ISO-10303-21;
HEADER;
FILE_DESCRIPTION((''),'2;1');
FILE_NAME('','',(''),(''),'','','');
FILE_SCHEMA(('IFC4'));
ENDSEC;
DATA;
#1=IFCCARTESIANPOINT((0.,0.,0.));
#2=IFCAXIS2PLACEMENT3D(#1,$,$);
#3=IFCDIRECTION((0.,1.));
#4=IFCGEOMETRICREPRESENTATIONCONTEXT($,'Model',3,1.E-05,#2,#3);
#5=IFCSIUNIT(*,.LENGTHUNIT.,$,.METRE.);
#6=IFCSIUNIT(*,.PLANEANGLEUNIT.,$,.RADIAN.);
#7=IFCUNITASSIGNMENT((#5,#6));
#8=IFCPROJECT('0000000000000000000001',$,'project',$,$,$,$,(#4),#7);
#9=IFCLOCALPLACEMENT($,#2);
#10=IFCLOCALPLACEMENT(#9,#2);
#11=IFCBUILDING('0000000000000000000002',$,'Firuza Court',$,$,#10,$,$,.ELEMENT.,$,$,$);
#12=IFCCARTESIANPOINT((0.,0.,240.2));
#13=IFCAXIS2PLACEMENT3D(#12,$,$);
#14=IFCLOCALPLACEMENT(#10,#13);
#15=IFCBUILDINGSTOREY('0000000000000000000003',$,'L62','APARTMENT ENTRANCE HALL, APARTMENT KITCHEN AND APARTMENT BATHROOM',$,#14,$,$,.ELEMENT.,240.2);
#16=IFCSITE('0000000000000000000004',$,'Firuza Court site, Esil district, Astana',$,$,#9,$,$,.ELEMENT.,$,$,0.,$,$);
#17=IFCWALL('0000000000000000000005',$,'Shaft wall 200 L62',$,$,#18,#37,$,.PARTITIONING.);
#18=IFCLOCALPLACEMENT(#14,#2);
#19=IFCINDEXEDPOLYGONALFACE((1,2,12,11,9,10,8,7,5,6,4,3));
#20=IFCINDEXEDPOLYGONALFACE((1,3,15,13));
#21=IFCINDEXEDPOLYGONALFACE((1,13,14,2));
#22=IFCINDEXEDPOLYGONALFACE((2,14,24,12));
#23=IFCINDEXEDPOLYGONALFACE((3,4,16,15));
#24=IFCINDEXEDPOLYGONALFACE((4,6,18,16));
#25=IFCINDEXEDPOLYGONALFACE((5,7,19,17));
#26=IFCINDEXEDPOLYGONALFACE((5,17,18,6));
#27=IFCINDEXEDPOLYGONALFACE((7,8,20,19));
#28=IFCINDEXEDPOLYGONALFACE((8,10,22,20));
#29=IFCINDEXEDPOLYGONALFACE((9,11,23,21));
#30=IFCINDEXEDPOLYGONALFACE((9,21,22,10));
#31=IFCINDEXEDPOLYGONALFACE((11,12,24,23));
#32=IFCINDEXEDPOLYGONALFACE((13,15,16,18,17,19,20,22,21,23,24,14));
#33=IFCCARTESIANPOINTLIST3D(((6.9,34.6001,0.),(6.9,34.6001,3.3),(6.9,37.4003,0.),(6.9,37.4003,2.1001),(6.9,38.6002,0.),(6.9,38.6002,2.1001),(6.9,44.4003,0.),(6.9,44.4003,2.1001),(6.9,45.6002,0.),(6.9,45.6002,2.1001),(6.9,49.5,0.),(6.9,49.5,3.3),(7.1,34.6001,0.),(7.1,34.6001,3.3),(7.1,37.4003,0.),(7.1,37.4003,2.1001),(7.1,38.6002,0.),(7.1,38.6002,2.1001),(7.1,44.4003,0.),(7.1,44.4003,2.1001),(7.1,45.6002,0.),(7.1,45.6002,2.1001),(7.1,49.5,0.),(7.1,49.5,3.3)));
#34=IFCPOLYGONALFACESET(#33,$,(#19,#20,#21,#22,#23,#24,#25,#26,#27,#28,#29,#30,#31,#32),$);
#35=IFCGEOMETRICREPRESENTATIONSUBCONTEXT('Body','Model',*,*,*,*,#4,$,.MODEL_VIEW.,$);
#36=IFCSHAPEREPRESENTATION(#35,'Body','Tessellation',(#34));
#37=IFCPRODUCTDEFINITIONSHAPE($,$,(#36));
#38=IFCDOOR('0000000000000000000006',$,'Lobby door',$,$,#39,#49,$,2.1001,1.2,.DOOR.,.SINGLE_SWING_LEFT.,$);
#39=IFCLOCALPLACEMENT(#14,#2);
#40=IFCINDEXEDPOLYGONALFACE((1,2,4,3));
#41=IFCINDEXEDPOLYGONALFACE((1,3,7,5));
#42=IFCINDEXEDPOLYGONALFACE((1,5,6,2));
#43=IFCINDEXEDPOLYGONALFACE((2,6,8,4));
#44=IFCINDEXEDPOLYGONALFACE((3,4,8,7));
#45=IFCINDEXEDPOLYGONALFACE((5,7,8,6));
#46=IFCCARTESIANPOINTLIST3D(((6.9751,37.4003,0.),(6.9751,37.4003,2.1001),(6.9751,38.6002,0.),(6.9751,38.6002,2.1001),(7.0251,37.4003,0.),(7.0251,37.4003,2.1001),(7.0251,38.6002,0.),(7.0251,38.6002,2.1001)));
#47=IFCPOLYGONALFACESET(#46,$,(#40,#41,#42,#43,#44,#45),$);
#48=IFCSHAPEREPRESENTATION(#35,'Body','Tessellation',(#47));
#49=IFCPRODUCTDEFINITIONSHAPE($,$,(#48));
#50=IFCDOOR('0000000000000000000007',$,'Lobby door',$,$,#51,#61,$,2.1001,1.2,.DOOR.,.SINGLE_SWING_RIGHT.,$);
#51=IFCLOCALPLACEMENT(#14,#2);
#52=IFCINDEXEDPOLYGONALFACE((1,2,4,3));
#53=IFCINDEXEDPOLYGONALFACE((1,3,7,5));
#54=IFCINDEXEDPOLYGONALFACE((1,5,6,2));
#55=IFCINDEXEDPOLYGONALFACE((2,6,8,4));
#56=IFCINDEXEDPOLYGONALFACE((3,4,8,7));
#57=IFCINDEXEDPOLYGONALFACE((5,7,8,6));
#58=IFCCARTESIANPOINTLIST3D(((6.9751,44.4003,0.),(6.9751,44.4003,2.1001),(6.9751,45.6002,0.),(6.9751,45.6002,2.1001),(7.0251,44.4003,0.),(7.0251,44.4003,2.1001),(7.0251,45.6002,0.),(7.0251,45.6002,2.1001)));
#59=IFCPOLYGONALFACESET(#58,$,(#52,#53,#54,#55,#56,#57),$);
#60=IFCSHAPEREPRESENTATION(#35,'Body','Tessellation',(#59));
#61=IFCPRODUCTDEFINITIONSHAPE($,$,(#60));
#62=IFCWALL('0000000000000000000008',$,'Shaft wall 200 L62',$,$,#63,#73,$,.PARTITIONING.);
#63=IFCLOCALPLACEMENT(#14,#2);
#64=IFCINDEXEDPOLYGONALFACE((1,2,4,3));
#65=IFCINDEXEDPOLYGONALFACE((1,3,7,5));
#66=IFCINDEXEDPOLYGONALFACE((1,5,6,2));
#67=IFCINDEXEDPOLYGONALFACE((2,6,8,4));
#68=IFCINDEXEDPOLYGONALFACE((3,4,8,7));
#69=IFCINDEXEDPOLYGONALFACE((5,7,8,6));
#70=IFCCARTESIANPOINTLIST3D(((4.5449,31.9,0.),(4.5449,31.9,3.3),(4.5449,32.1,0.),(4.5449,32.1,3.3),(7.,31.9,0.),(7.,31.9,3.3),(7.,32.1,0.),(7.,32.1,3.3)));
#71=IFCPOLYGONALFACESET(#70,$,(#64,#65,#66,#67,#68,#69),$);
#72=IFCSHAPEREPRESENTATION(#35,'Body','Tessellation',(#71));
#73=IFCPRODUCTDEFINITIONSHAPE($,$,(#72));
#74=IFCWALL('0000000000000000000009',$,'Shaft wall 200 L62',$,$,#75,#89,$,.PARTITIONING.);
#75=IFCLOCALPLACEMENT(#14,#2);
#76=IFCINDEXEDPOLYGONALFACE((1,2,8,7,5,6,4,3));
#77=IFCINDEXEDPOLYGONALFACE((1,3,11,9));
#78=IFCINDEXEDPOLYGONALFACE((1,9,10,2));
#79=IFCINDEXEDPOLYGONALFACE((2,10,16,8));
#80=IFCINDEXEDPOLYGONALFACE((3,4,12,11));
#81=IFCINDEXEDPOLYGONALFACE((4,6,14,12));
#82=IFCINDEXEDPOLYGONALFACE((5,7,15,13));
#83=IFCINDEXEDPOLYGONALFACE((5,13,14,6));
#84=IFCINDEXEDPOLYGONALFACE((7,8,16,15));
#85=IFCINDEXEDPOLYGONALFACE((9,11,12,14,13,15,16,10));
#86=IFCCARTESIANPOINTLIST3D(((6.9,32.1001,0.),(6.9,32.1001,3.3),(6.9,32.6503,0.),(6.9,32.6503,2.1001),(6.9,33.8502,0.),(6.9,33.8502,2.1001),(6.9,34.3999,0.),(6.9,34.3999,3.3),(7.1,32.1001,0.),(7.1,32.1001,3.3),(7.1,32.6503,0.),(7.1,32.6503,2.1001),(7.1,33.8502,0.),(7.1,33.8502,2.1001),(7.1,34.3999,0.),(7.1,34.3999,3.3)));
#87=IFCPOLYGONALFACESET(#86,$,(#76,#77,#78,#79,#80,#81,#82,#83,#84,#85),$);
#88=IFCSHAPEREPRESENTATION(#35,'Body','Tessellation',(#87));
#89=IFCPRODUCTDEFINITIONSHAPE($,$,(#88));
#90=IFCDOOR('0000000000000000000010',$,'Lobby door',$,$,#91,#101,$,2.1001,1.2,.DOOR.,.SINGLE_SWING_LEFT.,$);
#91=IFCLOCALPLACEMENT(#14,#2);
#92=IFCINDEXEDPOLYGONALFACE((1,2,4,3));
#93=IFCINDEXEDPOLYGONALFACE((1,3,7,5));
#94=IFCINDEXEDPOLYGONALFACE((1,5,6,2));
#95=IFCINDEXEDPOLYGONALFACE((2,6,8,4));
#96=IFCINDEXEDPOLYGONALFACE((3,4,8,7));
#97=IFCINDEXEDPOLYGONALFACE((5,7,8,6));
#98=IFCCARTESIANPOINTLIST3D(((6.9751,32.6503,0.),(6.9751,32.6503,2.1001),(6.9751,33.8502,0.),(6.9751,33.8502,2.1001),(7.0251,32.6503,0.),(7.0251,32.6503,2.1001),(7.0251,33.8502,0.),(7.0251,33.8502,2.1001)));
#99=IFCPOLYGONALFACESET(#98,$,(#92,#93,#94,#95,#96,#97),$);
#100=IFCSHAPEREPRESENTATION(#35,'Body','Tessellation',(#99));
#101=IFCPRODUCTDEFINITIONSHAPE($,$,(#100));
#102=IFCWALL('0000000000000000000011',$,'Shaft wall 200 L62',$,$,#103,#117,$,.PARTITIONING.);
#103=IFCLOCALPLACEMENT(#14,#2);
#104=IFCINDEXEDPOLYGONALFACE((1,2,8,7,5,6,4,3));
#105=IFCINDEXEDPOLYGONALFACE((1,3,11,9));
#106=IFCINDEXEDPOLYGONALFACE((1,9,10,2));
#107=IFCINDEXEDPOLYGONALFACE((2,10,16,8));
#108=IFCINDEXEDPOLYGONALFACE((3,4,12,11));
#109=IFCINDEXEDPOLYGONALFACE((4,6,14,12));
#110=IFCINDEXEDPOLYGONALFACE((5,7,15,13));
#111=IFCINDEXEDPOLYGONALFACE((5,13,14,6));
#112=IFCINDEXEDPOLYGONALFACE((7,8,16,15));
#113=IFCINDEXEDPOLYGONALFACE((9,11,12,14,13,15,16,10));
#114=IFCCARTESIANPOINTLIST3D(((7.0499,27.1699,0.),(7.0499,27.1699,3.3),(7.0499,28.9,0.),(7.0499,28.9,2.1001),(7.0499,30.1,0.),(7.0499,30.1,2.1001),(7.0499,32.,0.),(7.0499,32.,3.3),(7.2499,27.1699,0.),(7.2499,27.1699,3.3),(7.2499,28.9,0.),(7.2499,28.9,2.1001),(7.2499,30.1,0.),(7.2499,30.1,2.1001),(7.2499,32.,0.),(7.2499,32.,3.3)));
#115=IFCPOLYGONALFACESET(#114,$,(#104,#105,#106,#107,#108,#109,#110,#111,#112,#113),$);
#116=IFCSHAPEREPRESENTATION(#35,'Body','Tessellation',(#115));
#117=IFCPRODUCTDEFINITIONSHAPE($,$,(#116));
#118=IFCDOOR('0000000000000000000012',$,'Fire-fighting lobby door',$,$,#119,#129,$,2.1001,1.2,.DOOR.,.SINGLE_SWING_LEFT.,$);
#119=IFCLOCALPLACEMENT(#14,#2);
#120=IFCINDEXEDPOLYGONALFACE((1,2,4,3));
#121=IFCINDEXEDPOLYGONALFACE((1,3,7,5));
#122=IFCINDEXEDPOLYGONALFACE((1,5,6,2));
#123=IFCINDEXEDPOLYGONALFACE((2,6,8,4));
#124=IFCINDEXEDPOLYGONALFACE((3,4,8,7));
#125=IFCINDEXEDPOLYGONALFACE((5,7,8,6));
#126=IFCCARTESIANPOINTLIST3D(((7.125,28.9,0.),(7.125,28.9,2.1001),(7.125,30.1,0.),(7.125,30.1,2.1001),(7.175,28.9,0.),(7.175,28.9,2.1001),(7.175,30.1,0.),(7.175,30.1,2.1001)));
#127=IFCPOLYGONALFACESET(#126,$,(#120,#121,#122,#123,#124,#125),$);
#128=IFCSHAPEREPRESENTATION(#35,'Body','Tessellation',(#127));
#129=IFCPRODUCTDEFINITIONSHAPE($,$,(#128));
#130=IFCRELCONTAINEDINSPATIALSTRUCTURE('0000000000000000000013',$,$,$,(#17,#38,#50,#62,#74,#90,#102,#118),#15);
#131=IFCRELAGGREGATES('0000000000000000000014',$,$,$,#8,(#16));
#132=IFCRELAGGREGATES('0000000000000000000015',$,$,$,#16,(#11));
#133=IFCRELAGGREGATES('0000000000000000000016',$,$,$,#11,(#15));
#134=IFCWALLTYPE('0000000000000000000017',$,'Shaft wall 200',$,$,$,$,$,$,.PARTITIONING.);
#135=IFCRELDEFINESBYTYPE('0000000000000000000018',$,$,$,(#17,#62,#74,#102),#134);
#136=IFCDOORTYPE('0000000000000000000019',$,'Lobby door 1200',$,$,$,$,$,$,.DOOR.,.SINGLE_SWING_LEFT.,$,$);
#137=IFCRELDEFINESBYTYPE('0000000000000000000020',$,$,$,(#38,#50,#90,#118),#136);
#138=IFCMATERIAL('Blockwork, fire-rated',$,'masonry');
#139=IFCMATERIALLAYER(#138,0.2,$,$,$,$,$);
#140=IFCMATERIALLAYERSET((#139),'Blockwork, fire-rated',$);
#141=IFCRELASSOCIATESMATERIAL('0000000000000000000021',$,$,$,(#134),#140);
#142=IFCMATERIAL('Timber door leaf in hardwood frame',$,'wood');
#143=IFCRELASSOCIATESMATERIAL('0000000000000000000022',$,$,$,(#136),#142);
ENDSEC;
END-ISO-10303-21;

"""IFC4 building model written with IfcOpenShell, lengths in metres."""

from ifc_helpers import new_model, si_unit, direction, frame, frame_2d, origin, place, context, subcontext, project, spatial, rectangle, extrude, material, layer, layer_set, type_object, element, fill, save


model = new_model("IFC4")

# Units and contexts
model_context = context("Model", 3, precision=1e-05, world=origin(), true_north=direction((0.0, 1.0)))
body_context = subcontext(model_context, "Body", "Model", "MODEL_VIEW")
ifc_project = project(units=[si_unit("LENGTHUNIT", "METRE"), si_unit("PLANEANGLEUNIT", "RADIAN")], contexts=[model_context])

# Site, building, storey
site_placement = place(None, origin())
site = spatial("IfcSite", under=ifc_project, at=site_placement, Name="Firuza Court site, Esil district, Astana", CompositionType="ELEMENT", RefElevation=0.0)
building_placement = place(site_placement, origin())
building = spatial("IfcBuilding", under=site, at=building_placement, Name="Firuza Court", CompositionType="ELEMENT")
storey_placement = place(building_placement, frame((0.0, 0.0, 240.2)))
storey = spatial("IfcBuildingStorey", under=building, at=storey_placement, Name="L62", Description="APARTMENT ENTRANCE HALL, APARTMENT KITCHEN AND APARTMENT BATHROOM", CompositionType="ELEMENT", Elevation=240.2)

# Shared definitions
ifc_material_1 = material(Name="Blockwork, fire-rated", Category="masonry")
ifc_layer_1 = layer(ifc_material_1, 0.2)
ifc_layer_set_1 = layer_set([ifc_layer_1], Name="Blockwork, fire-rated")
wall_type_1 = type_object("IfcWallType", Name="Shaft wall 200", PredefinedType="PARTITIONING", material=ifc_layer_set_1)

# Wall, openings, doors
wall_1_placement = place(storey_placement, frame((7.0, 34.6001, 0.0), z_axis=(0.0, 0.0, 1.0), x_axis=(0.0, 1.0, 0.0)))
wall_1 = element("IfcWall", 1, at=wall_1_placement, inside=storey, type_object=wall_type_1, Name="Shaft wall 200 L62", PredefinedType="PARTITIONING", context=body_context, shape_type="SweptSolid", body=[
    extrude(rectangle(XDim=14.8999, YDim=0.2, at=frame_2d((7.45, 0.0))), origin(), (0.0, 0.0, 1.0), 3.3),
])
opening_1_placement = place(wall_1_placement, frame((2.8, 0.0, 0.0)))
opening_1 = element("IfcOpeningElement", 2, at=opening_1_placement, cuts=wall_1, PredefinedType="OPENING", context=body_context, shape_type="SweptSolid", body=[
    extrude(rectangle(XDim=1.2, YDim=2.1001, at=frame_2d((0.6001, 1.05))), frame((0.0, 0.1118, 0.0), z_axis=(0.0, -1.0, 0.0), x_axis=(1.0, 0.0, 0.0)), (0.0, 0.0, 1.0), 0.2239),
])
opening_2_placement = place(wall_1_placement, frame((9.8, 0.0, 0.0)))
opening_2 = element("IfcOpeningElement", 3, at=opening_2_placement, cuts=wall_1, PredefinedType="OPENING", context=body_context, shape_type="SweptSolid", body=[
    extrude(rectangle(XDim=1.2, YDim=2.1001, at=frame_2d((0.6001, 1.05))), frame((0.0, 0.1118, 0.0), z_axis=(0.0, -1.0, 0.0), x_axis=(1.0, 0.0, 0.0)), (0.0, 0.0, 1.0), 0.2239),
])
ifc_material_2 = material(Name="Timber door leaf in hardwood frame", Category="wood")
door_type_1 = type_object("IfcDoorType", Name="Lobby door 1200", OperationType="SINGLE_SWING_LEFT", PredefinedType="DOOR", material=ifc_material_2)
door_1_placement = place(opening_1_placement, origin())
door_1 = element("IfcDoor", 4, at=door_1_placement, inside=storey, type_object=door_type_1, Name="Lobby door", OperationType="SINGLE_SWING_LEFT", OverallHeight=2.1001, OverallWidth=1.2, PredefinedType="DOOR", context=body_context, shape_type="SweptSolid", body=[
    extrude(rectangle(XDim=1.2, YDim=2.1001, at=frame_2d((0.6001, 1.05))), frame((0.0, 0.0249, 0.0), z_axis=(0.0, -1.0, 0.0), x_axis=(1.0, 0.0, 0.0)), (0.0, 0.0, 1.0), 0.05),
])
fill(opening_1, door_1)
door_2_placement = place(opening_2_placement, origin())
door_2 = element("IfcDoor", 5, at=door_2_placement, inside=storey, type_object=door_type_1, Name="Lobby door", OperationType="SINGLE_SWING_RIGHT", OverallHeight=2.1001, OverallWidth=1.2, PredefinedType="DOOR", context=body_context, shape_type="SweptSolid", body=[
    extrude(rectangle(XDim=1.2, YDim=2.1001, at=frame_2d((0.6001, 1.05))), frame((0.0, 0.0249, 0.0), z_axis=(0.0, -1.0, 0.0), x_axis=(1.0, 0.0, 0.0)), (0.0, 0.0, 1.0), 0.05),
])
fill(opening_2, door_2)

# Wall
wall_2_placement = place(storey_placement, frame((4.5449, 32.0, 0.0), z_axis=(0.0, 0.0, 1.0), x_axis=(1.0, 0.0, 0.0)))
element("IfcWall", 6, at=wall_2_placement, inside=storey, type_object=wall_type_1, Name="Shaft wall 200 L62", PredefinedType="PARTITIONING", context=body_context, shape_type="SweptSolid", body=[
    extrude(rectangle(XDim=2.4551, YDim=0.2, at=frame_2d((1.2275, 0.0))), origin(), (0.0, 0.0, 1.0), 3.3),
])

# Walls, openings, doors
wall_3_placement = place(storey_placement, frame((7.0, 32.1001, 0.0), z_axis=(0.0, 0.0, 1.0), x_axis=(0.0, 1.0, 0.0)))
wall_3 = element("IfcWall", 7, at=wall_3_placement, inside=storey, type_object=wall_type_1, Name="Shaft wall 200 L62", PredefinedType="PARTITIONING", context=body_context, shape_type="SweptSolid", body=[
    extrude(rectangle(XDim=2.2998, YDim=0.2, at=frame_2d((1.1499, 0.0))), origin(), (0.0, 0.0, 1.0), 3.3),
])
opening_3_placement = place(wall_3_placement, frame((0.55, 0.0, 0.0)))
opening_3 = element("IfcOpeningElement", 8, at=opening_3_placement, cuts=wall_3, PredefinedType="OPENING", context=body_context, shape_type="SweptSolid", body=[
    extrude(rectangle(XDim=1.2, YDim=2.1001, at=frame_2d((0.6001, 1.05))), frame((0.0, 0.1118, 0.0), z_axis=(0.0, -1.0, 0.0), x_axis=(1.0, 0.0, 0.0)), (0.0, 0.0, 1.0), 0.2239),
])
door_3_placement = place(opening_3_placement, origin())
door_3 = element("IfcDoor", 9, at=door_3_placement, inside=storey, type_object=door_type_1, Name="Lobby door", OperationType="SINGLE_SWING_LEFT", OverallHeight=2.1001, OverallWidth=1.2, PredefinedType="DOOR", context=body_context, shape_type="SweptSolid", body=[
    extrude(rectangle(XDim=1.2, YDim=2.1001, at=frame_2d((0.6001, 1.05))), frame((0.0, 0.0249, 0.0), z_axis=(0.0, -1.0, 0.0), x_axis=(1.0, 0.0, 0.0)), (0.0, 0.0, 1.0), 0.05),
])
fill(opening_3, door_3)
wall_4_placement = place(storey_placement, frame((7.1499, 27.1699, 0.0), z_axis=(0.0, 0.0, 1.0), x_axis=(0.0, 1.0, 0.0)))
wall_4 = element("IfcWall", 10, at=wall_4_placement, inside=storey, type_object=wall_type_1, Name="Shaft wall 200 L62", PredefinedType="PARTITIONING", context=body_context, shape_type="SweptSolid", body=[
    extrude(rectangle(XDim=4.8301, YDim=0.2, at=frame_2d((2.415, 0.0))), origin(), (0.0, 0.0, 1.0), 3.3),
])
opening_4_placement = place(wall_4_placement, frame((1.73, 0.0, 0.0)))
opening_4 = element("IfcOpeningElement", 11, at=opening_4_placement, cuts=wall_4, PredefinedType="OPENING", context=body_context, shape_type="SweptSolid", body=[
    extrude(rectangle(XDim=1.2, YDim=2.1001, at=frame_2d((0.6001, 1.05))), frame((0.0, 0.1118, 0.0), z_axis=(0.0, -1.0, 0.0), x_axis=(1.0, 0.0, 0.0)), (0.0, 0.0, 1.0), 0.2239),
])
door_4_placement = place(opening_4_placement, origin())
door_4 = element("IfcDoor", 12, at=door_4_placement, inside=storey, type_object=door_type_1, Name="Fire-fighting lobby door", OperationType="SINGLE_SWING_LEFT", OverallHeight=2.1001, OverallWidth=1.2, PredefinedType="DOOR", context=body_context, shape_type="SweptSolid", body=[
    extrude(rectangle(XDim=1.2, YDim=2.1001, at=frame_2d((0.6001, 1.05))), frame((0.0, 0.0249, 0.0), z_axis=(0.0, -1.0, 0.0), x_axis=(1.0, 0.0, 0.0)), (0.0, 0.0, 1.0), 0.05),
])
fill(opening_4, door_4)

save(model, "model.ifc")
